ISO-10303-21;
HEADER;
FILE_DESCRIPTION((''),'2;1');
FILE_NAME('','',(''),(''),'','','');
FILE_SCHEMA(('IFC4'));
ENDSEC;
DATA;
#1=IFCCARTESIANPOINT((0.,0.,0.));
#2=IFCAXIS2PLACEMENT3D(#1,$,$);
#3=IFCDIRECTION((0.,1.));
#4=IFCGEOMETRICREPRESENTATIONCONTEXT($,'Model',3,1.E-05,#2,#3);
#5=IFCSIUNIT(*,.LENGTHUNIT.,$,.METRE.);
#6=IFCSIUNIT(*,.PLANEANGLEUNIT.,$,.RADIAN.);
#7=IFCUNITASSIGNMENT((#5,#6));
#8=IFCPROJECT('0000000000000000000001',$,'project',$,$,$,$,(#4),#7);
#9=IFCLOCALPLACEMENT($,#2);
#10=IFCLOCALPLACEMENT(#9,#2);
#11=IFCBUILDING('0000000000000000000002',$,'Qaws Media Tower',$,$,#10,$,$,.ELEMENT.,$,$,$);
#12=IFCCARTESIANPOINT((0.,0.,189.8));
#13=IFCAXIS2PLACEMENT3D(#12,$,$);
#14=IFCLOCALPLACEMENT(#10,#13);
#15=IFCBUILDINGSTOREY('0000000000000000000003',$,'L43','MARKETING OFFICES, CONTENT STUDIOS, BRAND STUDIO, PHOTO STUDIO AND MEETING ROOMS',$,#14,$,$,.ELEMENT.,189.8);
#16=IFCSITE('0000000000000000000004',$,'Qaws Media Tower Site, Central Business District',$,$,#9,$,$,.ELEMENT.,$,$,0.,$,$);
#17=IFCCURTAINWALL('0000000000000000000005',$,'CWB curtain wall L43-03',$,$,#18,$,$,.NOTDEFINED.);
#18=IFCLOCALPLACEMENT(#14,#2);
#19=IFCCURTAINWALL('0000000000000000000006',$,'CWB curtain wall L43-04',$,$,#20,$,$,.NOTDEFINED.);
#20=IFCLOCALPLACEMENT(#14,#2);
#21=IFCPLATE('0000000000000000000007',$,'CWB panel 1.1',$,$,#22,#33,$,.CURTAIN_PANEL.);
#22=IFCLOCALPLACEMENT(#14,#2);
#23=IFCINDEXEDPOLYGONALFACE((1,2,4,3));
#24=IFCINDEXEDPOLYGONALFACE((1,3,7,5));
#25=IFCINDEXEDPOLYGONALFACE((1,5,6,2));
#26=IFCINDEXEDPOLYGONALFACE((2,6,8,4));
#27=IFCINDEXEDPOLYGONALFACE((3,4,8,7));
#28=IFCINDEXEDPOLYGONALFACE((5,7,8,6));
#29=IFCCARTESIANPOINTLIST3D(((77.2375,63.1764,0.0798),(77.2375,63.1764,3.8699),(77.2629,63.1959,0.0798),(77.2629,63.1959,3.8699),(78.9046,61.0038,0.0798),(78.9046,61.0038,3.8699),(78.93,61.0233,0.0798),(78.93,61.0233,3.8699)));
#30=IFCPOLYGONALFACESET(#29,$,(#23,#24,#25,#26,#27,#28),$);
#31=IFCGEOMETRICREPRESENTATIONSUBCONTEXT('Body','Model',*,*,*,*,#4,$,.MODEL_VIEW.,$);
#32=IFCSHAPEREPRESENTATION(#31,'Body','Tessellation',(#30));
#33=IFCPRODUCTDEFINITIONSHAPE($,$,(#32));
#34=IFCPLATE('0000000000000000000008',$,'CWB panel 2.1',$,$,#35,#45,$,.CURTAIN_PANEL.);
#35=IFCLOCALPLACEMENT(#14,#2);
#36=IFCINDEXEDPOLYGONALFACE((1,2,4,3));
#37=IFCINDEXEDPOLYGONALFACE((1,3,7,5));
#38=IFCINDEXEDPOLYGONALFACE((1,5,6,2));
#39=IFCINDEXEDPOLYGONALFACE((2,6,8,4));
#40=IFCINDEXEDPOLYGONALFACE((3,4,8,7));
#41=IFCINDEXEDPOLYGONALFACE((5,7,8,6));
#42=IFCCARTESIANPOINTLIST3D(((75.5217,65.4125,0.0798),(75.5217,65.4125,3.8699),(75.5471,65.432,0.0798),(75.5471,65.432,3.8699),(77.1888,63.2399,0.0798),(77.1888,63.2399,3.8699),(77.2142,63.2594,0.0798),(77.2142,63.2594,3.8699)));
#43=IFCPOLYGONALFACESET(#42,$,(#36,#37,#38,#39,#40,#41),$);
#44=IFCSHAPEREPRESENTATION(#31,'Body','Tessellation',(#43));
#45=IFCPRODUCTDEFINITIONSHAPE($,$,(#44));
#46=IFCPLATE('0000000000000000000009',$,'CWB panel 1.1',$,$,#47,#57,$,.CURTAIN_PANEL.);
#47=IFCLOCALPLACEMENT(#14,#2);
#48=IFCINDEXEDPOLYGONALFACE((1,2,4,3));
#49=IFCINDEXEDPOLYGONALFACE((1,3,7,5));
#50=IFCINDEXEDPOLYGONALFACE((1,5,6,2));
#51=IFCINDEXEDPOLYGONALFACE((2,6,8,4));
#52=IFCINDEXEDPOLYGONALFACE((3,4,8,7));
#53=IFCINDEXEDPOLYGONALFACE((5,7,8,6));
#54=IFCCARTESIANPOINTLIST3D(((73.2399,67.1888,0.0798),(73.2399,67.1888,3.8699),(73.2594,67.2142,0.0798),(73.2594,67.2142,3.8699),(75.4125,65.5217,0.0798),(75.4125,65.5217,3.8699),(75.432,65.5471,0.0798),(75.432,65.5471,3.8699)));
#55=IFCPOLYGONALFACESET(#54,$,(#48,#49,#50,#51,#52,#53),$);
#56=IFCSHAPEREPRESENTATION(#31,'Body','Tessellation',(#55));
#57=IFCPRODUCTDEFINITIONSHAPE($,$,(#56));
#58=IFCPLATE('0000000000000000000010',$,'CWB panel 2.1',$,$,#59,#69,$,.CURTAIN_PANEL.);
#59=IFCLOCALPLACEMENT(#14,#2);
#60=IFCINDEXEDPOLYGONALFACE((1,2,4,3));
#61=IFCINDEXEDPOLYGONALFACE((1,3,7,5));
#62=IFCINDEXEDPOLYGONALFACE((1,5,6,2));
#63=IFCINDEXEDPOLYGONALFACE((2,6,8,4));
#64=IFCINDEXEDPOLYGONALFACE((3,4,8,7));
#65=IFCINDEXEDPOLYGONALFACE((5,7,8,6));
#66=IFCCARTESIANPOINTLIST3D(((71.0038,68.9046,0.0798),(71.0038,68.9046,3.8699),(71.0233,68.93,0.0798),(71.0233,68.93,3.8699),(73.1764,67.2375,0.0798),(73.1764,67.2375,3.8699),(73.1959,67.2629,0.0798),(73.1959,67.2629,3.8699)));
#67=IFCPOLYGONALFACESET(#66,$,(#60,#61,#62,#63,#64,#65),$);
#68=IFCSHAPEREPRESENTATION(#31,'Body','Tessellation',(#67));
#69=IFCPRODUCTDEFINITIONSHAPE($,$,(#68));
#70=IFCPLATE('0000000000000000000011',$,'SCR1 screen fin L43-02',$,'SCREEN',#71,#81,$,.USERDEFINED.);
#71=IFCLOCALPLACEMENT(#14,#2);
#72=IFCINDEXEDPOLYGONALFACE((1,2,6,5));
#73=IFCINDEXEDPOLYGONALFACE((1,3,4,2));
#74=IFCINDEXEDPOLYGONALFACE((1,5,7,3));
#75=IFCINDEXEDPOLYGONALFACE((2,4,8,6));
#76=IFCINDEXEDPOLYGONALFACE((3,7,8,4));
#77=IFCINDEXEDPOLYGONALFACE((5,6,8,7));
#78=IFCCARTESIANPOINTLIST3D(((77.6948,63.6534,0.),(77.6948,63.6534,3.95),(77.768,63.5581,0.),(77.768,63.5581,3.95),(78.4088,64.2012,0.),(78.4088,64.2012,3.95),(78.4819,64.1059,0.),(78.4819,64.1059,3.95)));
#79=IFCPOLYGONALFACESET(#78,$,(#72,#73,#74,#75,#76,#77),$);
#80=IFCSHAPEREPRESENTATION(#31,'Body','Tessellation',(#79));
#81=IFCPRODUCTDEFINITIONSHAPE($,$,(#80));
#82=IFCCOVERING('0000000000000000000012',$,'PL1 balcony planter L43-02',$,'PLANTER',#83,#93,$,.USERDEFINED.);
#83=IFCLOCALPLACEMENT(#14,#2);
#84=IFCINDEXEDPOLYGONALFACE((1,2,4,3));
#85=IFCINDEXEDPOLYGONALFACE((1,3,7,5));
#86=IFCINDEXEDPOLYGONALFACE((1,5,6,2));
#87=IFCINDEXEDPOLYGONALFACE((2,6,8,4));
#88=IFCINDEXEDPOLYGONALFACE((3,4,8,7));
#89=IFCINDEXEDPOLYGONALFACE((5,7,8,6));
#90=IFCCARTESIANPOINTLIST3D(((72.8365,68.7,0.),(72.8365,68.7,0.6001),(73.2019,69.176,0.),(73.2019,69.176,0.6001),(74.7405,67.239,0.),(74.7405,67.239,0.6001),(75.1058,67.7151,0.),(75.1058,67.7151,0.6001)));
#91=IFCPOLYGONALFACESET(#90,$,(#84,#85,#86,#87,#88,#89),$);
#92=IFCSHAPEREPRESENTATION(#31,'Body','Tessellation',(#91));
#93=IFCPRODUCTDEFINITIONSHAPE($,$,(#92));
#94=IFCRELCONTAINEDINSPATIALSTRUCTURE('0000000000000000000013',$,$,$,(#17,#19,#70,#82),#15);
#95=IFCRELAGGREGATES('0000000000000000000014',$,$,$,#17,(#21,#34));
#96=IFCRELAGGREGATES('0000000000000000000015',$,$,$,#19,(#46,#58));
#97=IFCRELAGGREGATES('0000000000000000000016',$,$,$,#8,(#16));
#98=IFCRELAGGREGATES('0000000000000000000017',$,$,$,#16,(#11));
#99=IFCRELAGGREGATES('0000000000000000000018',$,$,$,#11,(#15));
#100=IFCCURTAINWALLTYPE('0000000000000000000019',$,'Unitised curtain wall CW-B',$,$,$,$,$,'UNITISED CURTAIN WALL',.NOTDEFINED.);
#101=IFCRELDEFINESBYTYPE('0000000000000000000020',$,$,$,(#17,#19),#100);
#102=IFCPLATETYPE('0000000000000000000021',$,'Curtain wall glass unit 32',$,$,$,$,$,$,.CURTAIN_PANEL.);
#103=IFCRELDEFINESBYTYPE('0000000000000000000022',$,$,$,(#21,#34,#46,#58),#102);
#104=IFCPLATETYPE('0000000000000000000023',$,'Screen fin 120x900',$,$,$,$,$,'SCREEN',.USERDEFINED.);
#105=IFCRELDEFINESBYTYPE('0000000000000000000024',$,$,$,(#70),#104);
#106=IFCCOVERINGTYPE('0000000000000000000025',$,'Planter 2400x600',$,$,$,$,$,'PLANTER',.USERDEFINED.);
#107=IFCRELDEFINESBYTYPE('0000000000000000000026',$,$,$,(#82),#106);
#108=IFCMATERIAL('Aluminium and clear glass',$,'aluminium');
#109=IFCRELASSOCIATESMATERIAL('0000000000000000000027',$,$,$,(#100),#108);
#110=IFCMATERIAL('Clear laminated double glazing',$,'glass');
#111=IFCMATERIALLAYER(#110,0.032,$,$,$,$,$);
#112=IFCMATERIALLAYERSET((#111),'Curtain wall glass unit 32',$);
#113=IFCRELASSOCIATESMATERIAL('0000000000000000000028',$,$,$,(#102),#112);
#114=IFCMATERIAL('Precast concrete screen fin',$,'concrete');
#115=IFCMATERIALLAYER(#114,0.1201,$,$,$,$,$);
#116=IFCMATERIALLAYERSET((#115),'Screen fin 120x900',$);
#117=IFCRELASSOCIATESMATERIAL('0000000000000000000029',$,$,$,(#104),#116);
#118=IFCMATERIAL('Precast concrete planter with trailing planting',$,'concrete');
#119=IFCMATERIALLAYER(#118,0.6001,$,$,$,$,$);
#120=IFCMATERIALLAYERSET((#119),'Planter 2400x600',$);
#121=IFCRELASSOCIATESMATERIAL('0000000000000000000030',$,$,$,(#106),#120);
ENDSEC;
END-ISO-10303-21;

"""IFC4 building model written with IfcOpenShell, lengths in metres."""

from ifc_helpers import new_model, si_unit, direction, frame, origin, origin_2d, place, context, subcontext, project, spatial, rectangle, extrude, material, layer, layer_set, type_object, element, aggregate, save


model = new_model("IFC4")

# Units and contexts
model_context = context("Model", 3, precision=1e-05, world=origin(), true_north=direction((0.0, 1.0)))
body_context = subcontext(model_context, "Body", "Model", "MODEL_VIEW")
ifc_project = project(units=[si_unit("LENGTHUNIT", "METRE"), si_unit("PLANEANGLEUNIT", "RADIAN")], contexts=[model_context])

# Site, building, storey
site_placement = place(None, origin())
site = spatial("IfcSite", under=ifc_project, at=site_placement, Name="Qaws Media Tower Site, Central Business District", CompositionType="ELEMENT", RefElevation=0.0)
building_placement = place(site_placement, origin())
building = spatial("IfcBuilding", under=site, at=building_placement, Name="Qaws Media Tower", CompositionType="ELEMENT")
storey_placement = place(building_placement, frame((0.0, 0.0, 189.8)))
storey = spatial("IfcBuildingStorey", under=building, at=storey_placement, Name="L43", Description="MARKETING OFFICES, CONTENT STUDIOS, BRAND STUDIO, PHOTO STUDIO AND MEETING ROOMS", CompositionType="ELEMENT", Elevation=189.8)

# Shared definitions
ifc_material_1 = material(Name="Aluminium and clear glass", Category="aluminium")
curtain_wall_type = type_object("IfcCurtainWallType", Name="Unitised curtain wall CW-B", ElementType="UNITISED CURTAIN WALL", PredefinedType="NOTDEFINED", material=ifc_material_1)

# Curtain walls
curtain_wall_1_placement = place(storey_placement, origin())
curtain_wall_1 = element("IfcCurtainWall", 1, at=curtain_wall_1_placement, inside=storey, type_object=curtain_wall_type, Name="CWB curtain wall L43-03", PredefinedType="NOTDEFINED")
curtain_wall_2_placement = place(storey_placement, origin())
curtain_wall_2 = element("IfcCurtainWall", 2, at=curtain_wall_2_placement, inside=storey, type_object=curtain_wall_type, Name="CWB curtain wall L43-04", PredefinedType="NOTDEFINED")

# Plates
ifc_material_2 = material(Name="Clear laminated double glazing", Category="glass")
ifc_layer_1 = layer(ifc_material_2, 0.032)
ifc_layer_set_1 = layer_set([ifc_layer_1], Name="Curtain wall glass unit 32")
plate_type_1 = type_object("IfcPlateType", Name="Curtain wall glass unit 32", PredefinedType="CURTAIN_PANEL", material=ifc_layer_set_1)
plate_1_placement = place(storey_placement, frame((78.0837, 62.0999, 0.0798), z_axis=(0.0, 0.0, 1.0), x_axis=(-0.608761, 0.793353, 0.0)))
plate_1 = element("IfcPlate", 3, at=plate_1_placement, type_object=plate_type_1, Name="CWB panel 1.1", PredefinedType="CURTAIN_PANEL", context=body_context, shape_type="SweptSolid", body=[
    extrude(rectangle(XDim=2.7385, YDim=0.032, at=origin_2d()), origin(), (0.0, 0.0, 1.0), 3.79),
])
plate_2_placement = place(storey_placement, frame((76.3679, 64.3359, 0.0798), z_axis=(0.0, 0.0, 1.0), x_axis=(-0.608761, 0.793353, 0.0)))
plate_2 = element("IfcPlate", 4, at=plate_2_placement, type_object=plate_type_1, Name="CWB panel 2.1", PredefinedType="CURTAIN_PANEL", context=body_context, shape_type="SweptSolid", body=[
    extrude(rectangle(XDim=2.7385, YDim=0.032, at=origin_2d()), origin(), (0.0, 0.0, 1.0), 3.79),
])
aggregate(curtain_wall_1, [plate_1, plate_2])
plate_3_placement = place(storey_placement, frame((74.3359, 66.3679, 0.0798), z_axis=(0.0, 0.0, 1.0), x_axis=(-0.793353, 0.608761, 0.0)))
plate_3 = element("IfcPlate", 5, at=plate_3_placement, type_object=plate_type_1, Name="CWB panel 1.1", PredefinedType="CURTAIN_PANEL", context=body_context, shape_type="SweptSolid", body=[
    extrude(rectangle(XDim=2.7385, YDim=0.032, at=origin_2d()), origin(), (0.0, 0.0, 1.0), 3.79),
])
plate_4_placement = place(storey_placement, frame((72.0999, 68.0837, 0.0798), z_axis=(0.0, 0.0, 1.0), x_axis=(-0.793353, 0.608761, 0.0)))
plate_4 = element("IfcPlate", 6, at=plate_4_placement, type_object=plate_type_1, Name="CWB panel 2.1", PredefinedType="CURTAIN_PANEL", context=body_context, shape_type="SweptSolid", body=[
    extrude(rectangle(XDim=2.7385, YDim=0.032, at=origin_2d()), origin(), (0.0, 0.0, 1.0), 3.79),
])
aggregate(curtain_wall_2, [plate_3, plate_4])
ifc_material_3 = material(Name="Precast concrete screen fin", Category="concrete")
ifc_layer_2 = layer(ifc_material_3, 0.1201)
ifc_layer_set_2 = layer_set([ifc_layer_2], Name="Screen fin 120x900")
plate_type_2 = type_object("IfcPlateType", Name="Screen fin 120x900", ElementType="SCREEN", PredefinedType="USERDEFINED", material=ifc_layer_set_2)
plate_5_placement = place(storey_placement, frame((78.0884, 63.8796, 0.0), z_axis=(0.0, 0.0, 1.0), x_axis=(0.793353, 0.608761, 0.0)))
element("IfcPlate", 7, at=plate_5_placement, inside=storey, type_object=plate_type_2, Name="SCR1 screen fin L43-02", ObjectType="SCREEN", PredefinedType="USERDEFINED", context=body_context, shape_type="SweptSolid", body=[
    extrude(rectangle(XDim=0.8999, YDim=0.1201, at=origin_2d()), origin(), (0.0, 0.0, 1.0), 3.95),
])

# Covering
ifc_material_4 = material(Name="Precast concrete planter with trailing planting", Category="concrete")
ifc_layer_3 = layer(ifc_material_4, 0.6001)
ifc_layer_set_3 = layer_set([ifc_layer_3], Name="Planter 2400x600")
covering_type = type_object("IfcCoveringType", Name="Planter 2400x600", ElementType="PLANTER", PredefinedType="USERDEFINED", material=ifc_layer_set_3)
covering_placement = place(storey_placement, frame((73.9712, 68.2075, 0.0), z_axis=(0.0, 0.0, 1.0), x_axis=(-0.793353, 0.608761, 0.0)))
element("IfcCovering", 8, at=covering_placement, inside=storey, type_object=covering_type, Name="PL1 balcony planter L43-02", ObjectType="PLANTER", PredefinedType="USERDEFINED", context=body_context, shape_type="SweptSolid", body=[
    extrude(rectangle(XDim=2.3999, YDim=0.6001, at=origin_2d()), origin(), (0.0, 0.0, 1.0), 0.6001),
])

save(model, "model.ifc")
